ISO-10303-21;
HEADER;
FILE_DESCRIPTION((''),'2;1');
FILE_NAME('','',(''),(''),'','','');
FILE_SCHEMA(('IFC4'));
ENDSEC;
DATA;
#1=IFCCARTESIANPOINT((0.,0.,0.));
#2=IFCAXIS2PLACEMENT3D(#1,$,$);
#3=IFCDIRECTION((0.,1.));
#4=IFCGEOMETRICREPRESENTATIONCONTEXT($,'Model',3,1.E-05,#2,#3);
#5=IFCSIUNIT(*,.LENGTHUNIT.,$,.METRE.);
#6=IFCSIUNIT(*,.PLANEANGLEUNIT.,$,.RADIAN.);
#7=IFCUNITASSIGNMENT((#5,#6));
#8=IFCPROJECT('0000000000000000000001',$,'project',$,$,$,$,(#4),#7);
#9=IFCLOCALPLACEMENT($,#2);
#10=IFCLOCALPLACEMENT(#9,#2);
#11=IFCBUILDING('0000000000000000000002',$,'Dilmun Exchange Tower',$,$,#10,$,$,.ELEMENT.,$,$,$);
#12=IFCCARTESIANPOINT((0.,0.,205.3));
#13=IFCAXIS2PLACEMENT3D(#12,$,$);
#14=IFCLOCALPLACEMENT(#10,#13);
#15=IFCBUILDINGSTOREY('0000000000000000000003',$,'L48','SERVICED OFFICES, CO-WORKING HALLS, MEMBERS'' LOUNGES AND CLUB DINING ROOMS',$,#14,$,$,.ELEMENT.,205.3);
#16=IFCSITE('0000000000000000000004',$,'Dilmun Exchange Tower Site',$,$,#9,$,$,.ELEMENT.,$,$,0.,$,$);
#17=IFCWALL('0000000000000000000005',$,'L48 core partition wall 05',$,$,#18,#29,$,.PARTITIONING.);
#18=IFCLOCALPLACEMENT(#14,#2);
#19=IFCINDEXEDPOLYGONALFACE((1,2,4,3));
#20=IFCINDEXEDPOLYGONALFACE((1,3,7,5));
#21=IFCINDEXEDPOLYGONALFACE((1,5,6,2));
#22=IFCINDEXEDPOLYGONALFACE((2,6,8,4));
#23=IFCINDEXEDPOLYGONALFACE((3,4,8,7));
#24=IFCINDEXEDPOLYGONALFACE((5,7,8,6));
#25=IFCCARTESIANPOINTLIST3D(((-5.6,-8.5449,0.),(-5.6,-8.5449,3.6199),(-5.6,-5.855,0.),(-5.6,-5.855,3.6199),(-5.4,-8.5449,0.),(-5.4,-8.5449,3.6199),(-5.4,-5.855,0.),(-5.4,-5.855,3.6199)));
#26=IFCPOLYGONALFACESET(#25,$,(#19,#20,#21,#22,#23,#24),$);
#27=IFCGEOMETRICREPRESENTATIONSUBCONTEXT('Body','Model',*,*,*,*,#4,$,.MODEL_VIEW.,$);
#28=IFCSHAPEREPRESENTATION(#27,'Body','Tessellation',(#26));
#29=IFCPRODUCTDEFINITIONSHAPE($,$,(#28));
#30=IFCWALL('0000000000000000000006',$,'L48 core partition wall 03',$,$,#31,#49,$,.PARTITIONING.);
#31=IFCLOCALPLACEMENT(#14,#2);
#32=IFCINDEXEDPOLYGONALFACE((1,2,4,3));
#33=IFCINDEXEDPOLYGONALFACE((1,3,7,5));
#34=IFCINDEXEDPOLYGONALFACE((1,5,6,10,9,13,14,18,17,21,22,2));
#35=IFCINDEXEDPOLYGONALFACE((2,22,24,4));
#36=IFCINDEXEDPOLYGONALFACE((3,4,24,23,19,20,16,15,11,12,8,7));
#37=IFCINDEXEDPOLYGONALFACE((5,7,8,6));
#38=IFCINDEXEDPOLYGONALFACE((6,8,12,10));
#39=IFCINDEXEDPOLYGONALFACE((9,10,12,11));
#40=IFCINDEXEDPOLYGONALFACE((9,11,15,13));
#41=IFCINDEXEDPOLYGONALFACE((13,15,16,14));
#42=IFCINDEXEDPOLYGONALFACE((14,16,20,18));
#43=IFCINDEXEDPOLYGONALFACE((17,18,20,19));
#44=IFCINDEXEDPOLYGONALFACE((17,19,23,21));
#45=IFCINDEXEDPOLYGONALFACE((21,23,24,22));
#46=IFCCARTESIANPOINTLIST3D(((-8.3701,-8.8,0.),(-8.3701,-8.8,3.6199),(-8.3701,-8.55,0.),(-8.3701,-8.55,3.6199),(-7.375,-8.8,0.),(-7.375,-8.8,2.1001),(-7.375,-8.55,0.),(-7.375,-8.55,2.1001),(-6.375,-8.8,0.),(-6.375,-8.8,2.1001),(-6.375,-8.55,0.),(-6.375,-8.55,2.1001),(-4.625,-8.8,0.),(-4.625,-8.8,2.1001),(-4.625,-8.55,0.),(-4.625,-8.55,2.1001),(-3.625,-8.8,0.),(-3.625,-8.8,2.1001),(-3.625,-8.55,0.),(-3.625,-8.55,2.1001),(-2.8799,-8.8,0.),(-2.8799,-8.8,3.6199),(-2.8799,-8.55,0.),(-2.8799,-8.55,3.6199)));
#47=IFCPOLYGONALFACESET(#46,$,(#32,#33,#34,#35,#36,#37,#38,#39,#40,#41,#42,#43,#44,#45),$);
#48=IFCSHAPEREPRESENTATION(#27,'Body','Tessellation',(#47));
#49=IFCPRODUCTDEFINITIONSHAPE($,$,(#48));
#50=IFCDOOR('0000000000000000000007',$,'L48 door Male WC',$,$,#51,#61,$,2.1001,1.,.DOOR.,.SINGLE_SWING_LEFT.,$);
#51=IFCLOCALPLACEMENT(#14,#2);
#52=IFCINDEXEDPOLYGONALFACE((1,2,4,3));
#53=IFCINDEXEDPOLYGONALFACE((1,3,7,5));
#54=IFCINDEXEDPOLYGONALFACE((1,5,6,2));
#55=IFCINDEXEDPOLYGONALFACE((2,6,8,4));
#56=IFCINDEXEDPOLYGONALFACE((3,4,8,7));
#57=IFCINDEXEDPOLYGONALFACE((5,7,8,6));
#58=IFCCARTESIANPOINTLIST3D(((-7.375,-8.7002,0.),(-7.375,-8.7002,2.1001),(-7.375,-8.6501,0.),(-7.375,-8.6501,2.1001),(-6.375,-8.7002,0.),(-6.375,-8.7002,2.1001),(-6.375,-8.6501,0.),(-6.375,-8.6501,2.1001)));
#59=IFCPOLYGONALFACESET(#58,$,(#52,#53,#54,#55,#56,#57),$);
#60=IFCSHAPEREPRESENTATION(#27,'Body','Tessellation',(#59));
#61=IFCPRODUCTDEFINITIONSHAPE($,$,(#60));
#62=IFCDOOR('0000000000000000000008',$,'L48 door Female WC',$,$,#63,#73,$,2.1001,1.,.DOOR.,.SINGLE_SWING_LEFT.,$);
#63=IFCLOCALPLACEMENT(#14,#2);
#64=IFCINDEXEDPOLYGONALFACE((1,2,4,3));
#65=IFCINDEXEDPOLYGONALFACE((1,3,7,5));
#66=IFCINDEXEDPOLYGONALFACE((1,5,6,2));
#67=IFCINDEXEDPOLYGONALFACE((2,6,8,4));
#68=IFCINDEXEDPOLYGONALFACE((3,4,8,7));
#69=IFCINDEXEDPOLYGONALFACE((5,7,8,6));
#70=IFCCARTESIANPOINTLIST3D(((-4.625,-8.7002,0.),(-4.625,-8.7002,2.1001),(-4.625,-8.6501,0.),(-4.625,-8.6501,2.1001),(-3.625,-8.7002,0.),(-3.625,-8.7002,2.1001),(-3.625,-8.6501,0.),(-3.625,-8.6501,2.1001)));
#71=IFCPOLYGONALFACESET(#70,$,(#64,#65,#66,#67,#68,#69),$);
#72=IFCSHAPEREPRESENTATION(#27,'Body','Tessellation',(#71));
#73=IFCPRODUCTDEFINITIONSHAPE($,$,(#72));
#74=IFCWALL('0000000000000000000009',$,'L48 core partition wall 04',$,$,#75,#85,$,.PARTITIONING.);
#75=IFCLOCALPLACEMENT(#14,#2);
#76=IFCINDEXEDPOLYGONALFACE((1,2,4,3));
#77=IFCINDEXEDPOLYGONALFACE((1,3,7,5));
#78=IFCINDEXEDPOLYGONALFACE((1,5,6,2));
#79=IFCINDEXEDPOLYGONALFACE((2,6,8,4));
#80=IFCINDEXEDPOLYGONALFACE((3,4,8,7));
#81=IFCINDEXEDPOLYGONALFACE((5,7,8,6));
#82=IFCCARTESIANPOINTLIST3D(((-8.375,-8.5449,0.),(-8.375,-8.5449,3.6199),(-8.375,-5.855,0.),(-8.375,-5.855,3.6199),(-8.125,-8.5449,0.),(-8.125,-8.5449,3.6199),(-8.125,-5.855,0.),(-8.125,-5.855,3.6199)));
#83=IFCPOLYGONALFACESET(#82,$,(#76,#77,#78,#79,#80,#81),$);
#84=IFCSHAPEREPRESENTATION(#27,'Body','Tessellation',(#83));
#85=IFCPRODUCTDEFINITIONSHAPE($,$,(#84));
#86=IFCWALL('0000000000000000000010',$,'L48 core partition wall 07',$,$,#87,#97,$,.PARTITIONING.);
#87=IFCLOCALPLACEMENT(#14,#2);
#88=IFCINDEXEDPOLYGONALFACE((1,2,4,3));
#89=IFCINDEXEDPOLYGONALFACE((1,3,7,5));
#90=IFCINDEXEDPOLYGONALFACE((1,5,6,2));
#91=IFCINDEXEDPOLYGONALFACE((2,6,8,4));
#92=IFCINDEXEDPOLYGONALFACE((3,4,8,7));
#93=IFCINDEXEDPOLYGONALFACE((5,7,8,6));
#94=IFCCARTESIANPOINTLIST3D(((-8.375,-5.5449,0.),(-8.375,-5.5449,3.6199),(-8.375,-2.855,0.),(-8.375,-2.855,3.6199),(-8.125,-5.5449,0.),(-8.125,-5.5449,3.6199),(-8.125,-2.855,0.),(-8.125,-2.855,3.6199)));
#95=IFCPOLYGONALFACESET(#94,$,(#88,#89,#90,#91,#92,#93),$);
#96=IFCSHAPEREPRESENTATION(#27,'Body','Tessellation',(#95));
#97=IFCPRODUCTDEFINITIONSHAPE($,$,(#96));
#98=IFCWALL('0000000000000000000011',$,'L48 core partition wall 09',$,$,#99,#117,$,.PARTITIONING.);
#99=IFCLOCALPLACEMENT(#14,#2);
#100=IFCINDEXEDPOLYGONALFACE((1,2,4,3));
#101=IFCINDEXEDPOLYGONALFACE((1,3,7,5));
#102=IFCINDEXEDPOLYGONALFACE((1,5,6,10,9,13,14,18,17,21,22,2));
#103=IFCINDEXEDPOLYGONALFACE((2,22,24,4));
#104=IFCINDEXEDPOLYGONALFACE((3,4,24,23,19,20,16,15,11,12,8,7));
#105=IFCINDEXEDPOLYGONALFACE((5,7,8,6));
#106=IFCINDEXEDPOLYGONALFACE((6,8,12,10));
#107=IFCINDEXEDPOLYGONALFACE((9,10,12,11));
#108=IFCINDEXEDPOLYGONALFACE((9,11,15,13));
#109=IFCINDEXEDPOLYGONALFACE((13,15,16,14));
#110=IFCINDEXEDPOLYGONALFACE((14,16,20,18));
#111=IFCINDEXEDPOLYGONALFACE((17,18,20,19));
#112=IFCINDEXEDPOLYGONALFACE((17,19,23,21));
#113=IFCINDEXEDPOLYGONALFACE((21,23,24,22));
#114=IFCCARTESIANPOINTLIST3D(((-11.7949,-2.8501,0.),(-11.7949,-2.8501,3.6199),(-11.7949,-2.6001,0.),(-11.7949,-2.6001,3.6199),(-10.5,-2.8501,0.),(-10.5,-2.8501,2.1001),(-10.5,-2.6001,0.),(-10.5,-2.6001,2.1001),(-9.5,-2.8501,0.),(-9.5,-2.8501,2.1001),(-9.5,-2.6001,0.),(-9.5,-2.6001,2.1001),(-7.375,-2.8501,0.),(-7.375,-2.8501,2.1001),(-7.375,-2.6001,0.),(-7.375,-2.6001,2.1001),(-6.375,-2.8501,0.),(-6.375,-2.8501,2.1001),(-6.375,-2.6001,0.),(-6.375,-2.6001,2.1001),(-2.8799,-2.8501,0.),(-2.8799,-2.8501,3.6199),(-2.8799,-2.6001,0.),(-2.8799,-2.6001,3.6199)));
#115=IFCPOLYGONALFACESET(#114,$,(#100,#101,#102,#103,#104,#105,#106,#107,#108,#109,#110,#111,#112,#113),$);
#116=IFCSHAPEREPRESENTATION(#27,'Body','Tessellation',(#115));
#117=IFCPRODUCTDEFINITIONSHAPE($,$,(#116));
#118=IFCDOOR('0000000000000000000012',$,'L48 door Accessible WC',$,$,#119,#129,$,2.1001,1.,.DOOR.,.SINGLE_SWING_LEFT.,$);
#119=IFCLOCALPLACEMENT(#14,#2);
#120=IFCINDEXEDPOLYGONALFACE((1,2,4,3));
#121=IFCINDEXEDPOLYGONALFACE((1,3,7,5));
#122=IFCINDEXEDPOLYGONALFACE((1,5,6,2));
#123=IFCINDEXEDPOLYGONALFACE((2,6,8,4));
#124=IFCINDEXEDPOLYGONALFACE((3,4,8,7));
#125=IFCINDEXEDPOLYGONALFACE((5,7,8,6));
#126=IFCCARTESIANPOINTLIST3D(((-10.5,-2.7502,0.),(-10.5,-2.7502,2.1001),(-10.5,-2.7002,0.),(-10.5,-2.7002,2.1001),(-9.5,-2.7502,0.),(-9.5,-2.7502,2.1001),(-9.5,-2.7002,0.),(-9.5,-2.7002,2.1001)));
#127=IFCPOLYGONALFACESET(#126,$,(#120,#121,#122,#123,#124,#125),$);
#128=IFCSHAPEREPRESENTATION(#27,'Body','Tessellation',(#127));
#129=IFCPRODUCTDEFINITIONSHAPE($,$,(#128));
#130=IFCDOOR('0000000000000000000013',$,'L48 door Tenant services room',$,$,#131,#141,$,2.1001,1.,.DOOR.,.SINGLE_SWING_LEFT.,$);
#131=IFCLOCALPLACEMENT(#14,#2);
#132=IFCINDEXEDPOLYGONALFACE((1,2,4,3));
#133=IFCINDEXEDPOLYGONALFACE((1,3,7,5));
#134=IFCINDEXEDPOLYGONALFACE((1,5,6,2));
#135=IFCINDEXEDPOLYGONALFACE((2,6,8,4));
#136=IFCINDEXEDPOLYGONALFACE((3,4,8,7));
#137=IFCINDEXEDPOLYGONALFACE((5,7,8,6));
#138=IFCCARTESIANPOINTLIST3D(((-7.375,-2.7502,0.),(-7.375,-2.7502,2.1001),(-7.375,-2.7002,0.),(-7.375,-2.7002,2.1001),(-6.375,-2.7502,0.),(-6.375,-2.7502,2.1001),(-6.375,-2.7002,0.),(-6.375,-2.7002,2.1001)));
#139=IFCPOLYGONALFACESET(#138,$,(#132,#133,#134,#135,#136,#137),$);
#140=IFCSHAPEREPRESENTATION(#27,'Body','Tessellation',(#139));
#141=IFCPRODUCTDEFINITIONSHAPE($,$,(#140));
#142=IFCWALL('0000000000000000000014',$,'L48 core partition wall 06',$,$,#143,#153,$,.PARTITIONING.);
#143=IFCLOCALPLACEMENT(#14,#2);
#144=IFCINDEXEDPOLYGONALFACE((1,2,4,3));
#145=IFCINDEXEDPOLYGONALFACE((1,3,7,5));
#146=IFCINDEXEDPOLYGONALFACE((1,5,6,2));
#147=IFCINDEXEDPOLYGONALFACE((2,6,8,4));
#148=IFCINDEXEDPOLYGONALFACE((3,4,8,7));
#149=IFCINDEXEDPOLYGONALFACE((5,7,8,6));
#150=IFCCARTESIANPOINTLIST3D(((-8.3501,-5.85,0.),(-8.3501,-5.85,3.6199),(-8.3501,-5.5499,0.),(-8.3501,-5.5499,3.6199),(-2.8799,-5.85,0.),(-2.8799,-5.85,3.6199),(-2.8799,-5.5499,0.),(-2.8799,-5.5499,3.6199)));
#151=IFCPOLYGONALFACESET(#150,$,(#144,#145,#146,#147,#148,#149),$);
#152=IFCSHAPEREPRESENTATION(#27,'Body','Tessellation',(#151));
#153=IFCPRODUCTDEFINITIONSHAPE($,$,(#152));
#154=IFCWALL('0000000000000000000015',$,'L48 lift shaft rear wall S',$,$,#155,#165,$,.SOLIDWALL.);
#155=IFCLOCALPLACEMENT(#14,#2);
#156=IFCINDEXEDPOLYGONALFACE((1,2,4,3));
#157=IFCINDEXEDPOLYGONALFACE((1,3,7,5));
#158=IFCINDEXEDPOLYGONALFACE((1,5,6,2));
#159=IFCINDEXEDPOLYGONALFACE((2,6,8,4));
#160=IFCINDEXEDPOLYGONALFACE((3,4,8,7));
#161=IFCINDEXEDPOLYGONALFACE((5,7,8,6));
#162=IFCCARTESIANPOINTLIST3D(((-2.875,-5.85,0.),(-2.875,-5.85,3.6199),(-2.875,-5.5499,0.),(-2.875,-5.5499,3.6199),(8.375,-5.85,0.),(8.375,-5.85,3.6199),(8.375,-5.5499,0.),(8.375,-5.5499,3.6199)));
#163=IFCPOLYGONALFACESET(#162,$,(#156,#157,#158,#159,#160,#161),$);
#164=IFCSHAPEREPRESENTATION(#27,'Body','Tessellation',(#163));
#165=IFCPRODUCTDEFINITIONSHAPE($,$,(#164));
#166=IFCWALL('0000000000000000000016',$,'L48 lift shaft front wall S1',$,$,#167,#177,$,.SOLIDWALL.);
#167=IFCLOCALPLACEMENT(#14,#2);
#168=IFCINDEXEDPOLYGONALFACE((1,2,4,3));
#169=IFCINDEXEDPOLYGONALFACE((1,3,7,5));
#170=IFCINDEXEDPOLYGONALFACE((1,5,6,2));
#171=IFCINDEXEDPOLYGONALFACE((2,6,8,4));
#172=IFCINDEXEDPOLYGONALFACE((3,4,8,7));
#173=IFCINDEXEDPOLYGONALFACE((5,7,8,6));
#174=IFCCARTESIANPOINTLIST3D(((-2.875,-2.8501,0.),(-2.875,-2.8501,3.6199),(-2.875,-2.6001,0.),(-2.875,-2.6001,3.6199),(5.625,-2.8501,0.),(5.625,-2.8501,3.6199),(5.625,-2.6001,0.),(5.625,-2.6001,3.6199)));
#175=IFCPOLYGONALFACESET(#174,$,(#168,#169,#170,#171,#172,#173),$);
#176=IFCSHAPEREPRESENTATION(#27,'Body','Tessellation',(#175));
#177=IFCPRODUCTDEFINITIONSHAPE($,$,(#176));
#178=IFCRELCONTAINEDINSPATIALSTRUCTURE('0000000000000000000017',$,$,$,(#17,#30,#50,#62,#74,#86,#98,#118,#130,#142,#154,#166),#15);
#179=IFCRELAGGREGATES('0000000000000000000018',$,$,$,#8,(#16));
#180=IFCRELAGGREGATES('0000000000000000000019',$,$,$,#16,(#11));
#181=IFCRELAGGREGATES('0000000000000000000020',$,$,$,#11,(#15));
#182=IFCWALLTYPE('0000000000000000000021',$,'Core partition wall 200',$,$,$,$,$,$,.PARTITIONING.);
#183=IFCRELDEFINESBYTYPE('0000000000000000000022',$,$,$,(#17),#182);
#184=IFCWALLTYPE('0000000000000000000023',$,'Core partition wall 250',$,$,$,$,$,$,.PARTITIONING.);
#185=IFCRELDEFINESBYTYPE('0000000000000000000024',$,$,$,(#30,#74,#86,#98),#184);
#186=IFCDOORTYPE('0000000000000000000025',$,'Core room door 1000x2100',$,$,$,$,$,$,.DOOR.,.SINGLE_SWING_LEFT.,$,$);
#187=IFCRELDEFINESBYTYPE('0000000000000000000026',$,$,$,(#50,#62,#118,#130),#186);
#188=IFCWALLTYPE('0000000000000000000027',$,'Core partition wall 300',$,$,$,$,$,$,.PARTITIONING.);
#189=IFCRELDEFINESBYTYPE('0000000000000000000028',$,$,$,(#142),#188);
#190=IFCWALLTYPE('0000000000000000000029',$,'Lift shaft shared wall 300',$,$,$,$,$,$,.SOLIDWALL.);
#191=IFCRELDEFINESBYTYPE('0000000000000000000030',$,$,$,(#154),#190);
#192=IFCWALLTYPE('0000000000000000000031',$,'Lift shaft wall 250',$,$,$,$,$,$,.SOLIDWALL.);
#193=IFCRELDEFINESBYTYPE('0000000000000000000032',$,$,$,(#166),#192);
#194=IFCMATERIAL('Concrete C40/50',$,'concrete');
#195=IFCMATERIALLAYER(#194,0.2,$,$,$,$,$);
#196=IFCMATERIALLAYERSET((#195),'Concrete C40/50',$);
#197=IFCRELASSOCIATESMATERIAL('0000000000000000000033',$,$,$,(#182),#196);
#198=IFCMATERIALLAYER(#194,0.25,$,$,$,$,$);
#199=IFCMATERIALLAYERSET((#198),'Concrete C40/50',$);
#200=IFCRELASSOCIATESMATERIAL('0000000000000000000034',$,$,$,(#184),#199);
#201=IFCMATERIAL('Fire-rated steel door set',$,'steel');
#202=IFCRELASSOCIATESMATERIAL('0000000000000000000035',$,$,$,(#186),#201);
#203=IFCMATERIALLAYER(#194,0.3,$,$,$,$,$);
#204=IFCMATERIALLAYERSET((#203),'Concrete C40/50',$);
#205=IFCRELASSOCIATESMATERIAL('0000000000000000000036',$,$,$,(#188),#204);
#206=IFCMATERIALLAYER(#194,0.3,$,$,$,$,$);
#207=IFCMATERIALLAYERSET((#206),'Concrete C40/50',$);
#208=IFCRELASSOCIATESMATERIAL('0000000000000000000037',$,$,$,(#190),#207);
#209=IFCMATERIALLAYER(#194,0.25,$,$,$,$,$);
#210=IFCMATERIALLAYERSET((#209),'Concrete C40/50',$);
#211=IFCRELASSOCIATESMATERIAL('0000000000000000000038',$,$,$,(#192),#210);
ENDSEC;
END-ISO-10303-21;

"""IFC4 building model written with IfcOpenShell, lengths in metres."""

from ifc_helpers import new_model, si_unit, direction, frame, frame_2d, origin, place, context, subcontext, project, spatial, rectangle, extrude, material, layer, layer_set, type_object, element, fill, save


model = new_model("IFC4")

# Units and contexts
model_context = context("Model", 3, precision=1e-05, world=origin(), true_north=direction((0.0, 1.0)))
body_context = subcontext(model_context, "Body", "Model", "MODEL_VIEW")
ifc_project = project(units=[si_unit("LENGTHUNIT", "METRE"), si_unit("PLANEANGLEUNIT", "RADIAN")], contexts=[model_context])

# Site, building, storey
site_placement = place(None, origin())
site = spatial("IfcSite", under=ifc_project, at=site_placement, Name="Dilmun Exchange Tower Site", CompositionType="ELEMENT", RefElevation=0.0)
building_placement = place(site_placement, origin())
building = spatial("IfcBuilding", under=site, at=building_placement, Name="Dilmun Exchange Tower", CompositionType="ELEMENT")
storey_placement = place(building_placement, frame((0.0, 0.0, 205.3)))
storey = spatial("IfcBuildingStorey", under=building, at=storey_placement, Name="L48", Description="SERVICED OFFICES, CO-WORKING HALLS, MEMBERS' LOUNGES AND CLUB DINING ROOMS", CompositionType="ELEMENT", Elevation=205.3)

# Wall
ifc_material_1 = material(Name="Concrete C40/50", Category="concrete")
ifc_layer_1 = layer(ifc_material_1, 0.2)
ifc_layer_set_1 = layer_set([ifc_layer_1], Name="Concrete C40/50")
wall_type_1 = type_object("IfcWallType", Name="Core partition wall 200", PredefinedType="PARTITIONING", material=ifc_layer_set_1)
wall_1_placement = place(storey_placement, frame((-5.5, -8.5449, 0.0), z_axis=(0.0, 0.0, 1.0), x_axis=(0.0, 1.0, 0.0)))
element("IfcWall", 1, at=wall_1_placement, inside=storey, type_object=wall_type_1, Name="L48 core partition wall 05", PredefinedType="PARTITIONING", context=body_context, shape_type="SweptSolid", body=[
    extrude(rectangle(XDim=2.6899, YDim=0.2, at=frame_2d((1.345, 0.0))), origin(), (0.0, 0.0, 1.0), 3.6199),
])

# Wall, openings, doors
ifc_layer_2 = layer(ifc_material_1, 0.25)
ifc_layer_set_2 = layer_set([ifc_layer_2], Name="Concrete C40/50")
wall_type_2 = type_object("IfcWallType", Name="Core partition wall 250", PredefinedType="PARTITIONING", material=ifc_layer_set_2)
wall_2_placement = place(storey_placement, frame((-8.3701, -8.675, 0.0), z_axis=(0.0, 0.0, 1.0), x_axis=(1.0, 0.0, 0.0)))
wall_2 = element("IfcWall", 2, at=wall_2_placement, inside=storey, type_object=wall_type_2, Name="L48 core partition wall 03", PredefinedType="PARTITIONING", context=body_context, shape_type="SweptSolid", body=[
    extrude(rectangle(XDim=5.4902, YDim=0.25, at=frame_2d((2.7451, 0.0))), origin(), (0.0, 0.0, 1.0), 3.6199),
])
opening_1_placement = place(wall_2_placement, frame((0.9951, 0.0, 0.0)))
opening_1 = element("IfcOpeningElement", 3, at=opening_1_placement, cuts=wall_2, PredefinedType="OPENING", context=body_context, shape_type="SweptSolid", body=[
    extrude(rectangle(XDim=1.0, YDim=2.1001, at=frame_2d((0.5, 1.05))), frame((0.0, 0.135, 0.0), z_axis=(0.0, -1.0, 0.0), x_axis=(1.0, 0.0, 0.0)), (0.0, 0.0, 1.0), 0.27),
])
opening_2_placement = place(wall_2_placement, frame((3.7451, 0.0, 0.0)))
opening_2 = element("IfcOpeningElement", 4, at=opening_2_placement, cuts=wall_2, PredefinedType="OPENING", context=body_context, shape_type="SweptSolid", body=[
    extrude(rectangle(XDim=1.0, YDim=2.1001, at=frame_2d((0.5, 1.05))), frame((0.0, 0.135, 0.0), z_axis=(0.0, -1.0, 0.0), x_axis=(1.0, 0.0, 0.0)), (0.0, 0.0, 1.0), 0.27),
])
ifc_material_2 = material(Name="Fire-rated steel door set", Category="steel")
door_type_1 = type_object("IfcDoorType", Name="Core room door 1000x2100", OperationType="SINGLE_SWING_LEFT", PredefinedType="DOOR", material=ifc_material_2)
door_1_placement = place(opening_1_placement, origin())
door_1 = element("IfcDoor", 5, at=door_1_placement, inside=storey, type_object=door_type_1, Name="L48 door Male WC", OperationType="SINGLE_SWING_LEFT", OverallHeight=2.1001, OverallWidth=1.0, PredefinedType="DOOR", context=body_context, shape_type="SweptSolid", body=[
    extrude(rectangle(XDim=1.0, YDim=2.1001, at=frame_2d((0.5, 1.05))), frame((0.0, 0.0249, 0.0), z_axis=(0.0, -1.0, 0.0), x_axis=(1.0, 0.0, 0.0)), (0.0, 0.0, 1.0), 0.05),
])
fill(opening_1, door_1)
door_2_placement = place(opening_2_placement, origin())
door_2 = element("IfcDoor", 6, at=door_2_placement, inside=storey, type_object=door_type_1, Name="L48 door Female WC", OperationType="SINGLE_SWING_LEFT", OverallHeight=2.1001, OverallWidth=1.0, PredefinedType="DOOR", context=body_context, shape_type="SweptSolid", body=[
    extrude(rectangle(XDim=1.0, YDim=2.1001, at=frame_2d((0.5, 1.05))), frame((0.0, 0.0249, 0.0), z_axis=(0.0, -1.0, 0.0), x_axis=(1.0, 0.0, 0.0)), (0.0, 0.0, 1.0), 0.05),
])
fill(opening_2, door_2)

# Walls
for number, where, z_axis, x_axis, name in (
    (7, (-8.25, -8.5449, 0.0), (0.0, 0.0, 1.0), (0.0, 1.0, 0.0), "L48 core partition wall 04"),
    (8, (-8.25, -5.5449, 0.0), (0.0, 0.0, 1.0), (0.0, 1.0, 0.0), "L48 core partition wall 07"),
):
    element("IfcWall", number, at=place(storey_placement, frame(where, z_axis=z_axis, x_axis=x_axis)), inside=storey, type_object=wall_type_2, Name=name, PredefinedType="PARTITIONING", context=body_context, shape_type="SweptSolid", body=[
        extrude(rectangle(XDim=2.6899, YDim=0.25, at=frame_2d((1.345, 0.0))), origin(), (0.0, 0.0, 1.0), 3.6199),
    ])

# Wall, openings, doors
wall_3_placement = place(storey_placement, frame((-11.7949, -2.7251, 0.0), z_axis=(0.0, 0.0, 1.0), x_axis=(1.0, 0.0, 0.0)))
wall_3 = element("IfcWall", 9, at=wall_3_placement, inside=storey, type_object=wall_type_2, Name="L48 core partition wall 09", PredefinedType="PARTITIONING", context=body_context, shape_type="SweptSolid", body=[
    extrude(rectangle(XDim=8.915, YDim=0.25, at=frame_2d((4.4575, 0.0))), origin(), (0.0, 0.0, 1.0), 3.6199),
])
opening_3_placement = place(wall_3_placement, frame((1.2949, 0.0, 0.0)))
opening_3 = element("IfcOpeningElement", 10, at=opening_3_placement, cuts=wall_3, PredefinedType="OPENING", context=body_context, shape_type="SweptSolid", body=[
    extrude(rectangle(XDim=1.0, YDim=2.1001, at=frame_2d((0.5, 1.05))), frame((0.0, 0.135, 0.0), z_axis=(0.0, -1.0, 0.0), x_axis=(1.0, 0.0, 0.0)), (0.0, 0.0, 1.0), 0.27),
])
opening_4_placement = place(wall_3_placement, frame((4.4199, 0.0, 0.0)))
opening_4 = element("IfcOpeningElement", 11, at=opening_4_placement, cuts=wall_3, PredefinedType="OPENING", context=body_context, shape_type="SweptSolid", body=[
    extrude(rectangle(XDim=1.0, YDim=2.1001, at=frame_2d((0.5, 1.05))), frame((0.0, 0.135, 0.0), z_axis=(0.0, -1.0, 0.0), x_axis=(1.0, 0.0, 0.0)), (0.0, 0.0, 1.0), 0.27),
])
door_3_placement = place(opening_3_placement, origin())
door_3 = element("IfcDoor", 12, at=door_3_placement, inside=storey, type_object=door_type_1, Name="L48 door Accessible WC", OperationType="SINGLE_SWING_LEFT", OverallHeight=2.1001, OverallWidth=1.0, PredefinedType="DOOR", context=body_context, shape_type="SweptSolid", body=[
    extrude(rectangle(XDim=1.0, YDim=2.1001, at=frame_2d((0.5, 1.05))), frame((0.0, 0.0249, 0.0), z_axis=(0.0, -1.0, 0.0), x_axis=(1.0, 0.0, 0.0)), (0.0, 0.0, 1.0), 0.05),
])
fill(opening_3, door_3)
door_4_placement = place(opening_4_placement, origin())
door_4 = element("IfcDoor", 13, at=door_4_placement, inside=storey, type_object=door_type_1, Name="L48 door Tenant services room", OperationType="SINGLE_SWING_LEFT", OverallHeight=2.1001, OverallWidth=1.0, PredefinedType="DOOR", context=body_context, shape_type="SweptSolid", body=[
    extrude(rectangle(XDim=1.0, YDim=2.1001, at=frame_2d((0.5, 1.05))), frame((0.0, 0.0249, 0.0), z_axis=(0.0, -1.0, 0.0), x_axis=(1.0, 0.0, 0.0)), (0.0, 0.0, 1.0), 0.05),
])
fill(opening_4, door_4)

# Walls
ifc_layer_3 = layer(ifc_material_1, 0.3)
ifc_layer_set_3 = layer_set([ifc_layer_3], Name="Concrete C40/50")
wall_type_3 = type_object("IfcWallType", Name="Core partition wall 300", PredefinedType="PARTITIONING", material=ifc_layer_set_3)
wall_4_placement = place(storey_placement, frame((-8.3501, -5.7, 0.0), z_axis=(0.0, 0.0, 1.0), x_axis=(1.0, 0.0, 0.0)))
element("IfcWall", 14, at=wall_4_placement, inside=storey, type_object=wall_type_3, Name="L48 core partition wall 06", PredefinedType="PARTITIONING", context=body_context, shape_type="SweptSolid", body=[
    extrude(rectangle(XDim=5.4702, YDim=0.3, at=frame_2d((2.7351, 0.0))), origin(), (0.0, 0.0, 1.0), 3.6199),
])
ifc_layer_4 = layer(ifc_material_1, 0.3)
ifc_layer_set_4 = layer_set([ifc_layer_4], Name="Concrete C40/50")
wall_type_4 = type_object("IfcWallType", Name="Lift shaft shared wall 300", PredefinedType="SOLIDWALL", material=ifc_layer_set_4)
wall_5_placement = place(storey_placement, frame((-2.875, -5.7, 0.0), z_axis=(0.0, 0.0, 1.0), x_axis=(1.0, 0.0, 0.0)))
element("IfcWall", 15, at=wall_5_placement, inside=storey, type_object=wall_type_4, Name="L48 lift shaft rear wall S", PredefinedType="SOLIDWALL", context=body_context, shape_type="SweptSolid", body=[
    extrude(rectangle(XDim=11.25, YDim=0.3, at=frame_2d((5.625, 0.0))), origin(), (0.0, 0.0, 1.0), 3.6199),
])
ifc_layer_5 = layer(ifc_material_1, 0.25)
ifc_layer_set_5 = layer_set([ifc_layer_5], Name="Concrete C40/50")
wall_type_5 = type_object("IfcWallType", Name="Lift shaft wall 250", PredefinedType="SOLIDWALL", material=ifc_layer_set_5)
wall_6_placement = place(storey_placement, frame((-2.875, -2.7251, 0.0), z_axis=(0.0, 0.0, 1.0), x_axis=(1.0, 0.0, 0.0)))
element("IfcWall", 16, at=wall_6_placement, inside=storey, type_object=wall_type_5, Name="L48 lift shaft front wall S1", PredefinedType="SOLIDWALL", context=body_context, shape_type="SweptSolid", body=[
    extrude(rectangle(XDim=8.5, YDim=0.25, at=frame_2d((4.25, 0.0))), origin(), (0.0, 0.0, 1.0), 3.6199),
])

save(model, "model.ifc")
